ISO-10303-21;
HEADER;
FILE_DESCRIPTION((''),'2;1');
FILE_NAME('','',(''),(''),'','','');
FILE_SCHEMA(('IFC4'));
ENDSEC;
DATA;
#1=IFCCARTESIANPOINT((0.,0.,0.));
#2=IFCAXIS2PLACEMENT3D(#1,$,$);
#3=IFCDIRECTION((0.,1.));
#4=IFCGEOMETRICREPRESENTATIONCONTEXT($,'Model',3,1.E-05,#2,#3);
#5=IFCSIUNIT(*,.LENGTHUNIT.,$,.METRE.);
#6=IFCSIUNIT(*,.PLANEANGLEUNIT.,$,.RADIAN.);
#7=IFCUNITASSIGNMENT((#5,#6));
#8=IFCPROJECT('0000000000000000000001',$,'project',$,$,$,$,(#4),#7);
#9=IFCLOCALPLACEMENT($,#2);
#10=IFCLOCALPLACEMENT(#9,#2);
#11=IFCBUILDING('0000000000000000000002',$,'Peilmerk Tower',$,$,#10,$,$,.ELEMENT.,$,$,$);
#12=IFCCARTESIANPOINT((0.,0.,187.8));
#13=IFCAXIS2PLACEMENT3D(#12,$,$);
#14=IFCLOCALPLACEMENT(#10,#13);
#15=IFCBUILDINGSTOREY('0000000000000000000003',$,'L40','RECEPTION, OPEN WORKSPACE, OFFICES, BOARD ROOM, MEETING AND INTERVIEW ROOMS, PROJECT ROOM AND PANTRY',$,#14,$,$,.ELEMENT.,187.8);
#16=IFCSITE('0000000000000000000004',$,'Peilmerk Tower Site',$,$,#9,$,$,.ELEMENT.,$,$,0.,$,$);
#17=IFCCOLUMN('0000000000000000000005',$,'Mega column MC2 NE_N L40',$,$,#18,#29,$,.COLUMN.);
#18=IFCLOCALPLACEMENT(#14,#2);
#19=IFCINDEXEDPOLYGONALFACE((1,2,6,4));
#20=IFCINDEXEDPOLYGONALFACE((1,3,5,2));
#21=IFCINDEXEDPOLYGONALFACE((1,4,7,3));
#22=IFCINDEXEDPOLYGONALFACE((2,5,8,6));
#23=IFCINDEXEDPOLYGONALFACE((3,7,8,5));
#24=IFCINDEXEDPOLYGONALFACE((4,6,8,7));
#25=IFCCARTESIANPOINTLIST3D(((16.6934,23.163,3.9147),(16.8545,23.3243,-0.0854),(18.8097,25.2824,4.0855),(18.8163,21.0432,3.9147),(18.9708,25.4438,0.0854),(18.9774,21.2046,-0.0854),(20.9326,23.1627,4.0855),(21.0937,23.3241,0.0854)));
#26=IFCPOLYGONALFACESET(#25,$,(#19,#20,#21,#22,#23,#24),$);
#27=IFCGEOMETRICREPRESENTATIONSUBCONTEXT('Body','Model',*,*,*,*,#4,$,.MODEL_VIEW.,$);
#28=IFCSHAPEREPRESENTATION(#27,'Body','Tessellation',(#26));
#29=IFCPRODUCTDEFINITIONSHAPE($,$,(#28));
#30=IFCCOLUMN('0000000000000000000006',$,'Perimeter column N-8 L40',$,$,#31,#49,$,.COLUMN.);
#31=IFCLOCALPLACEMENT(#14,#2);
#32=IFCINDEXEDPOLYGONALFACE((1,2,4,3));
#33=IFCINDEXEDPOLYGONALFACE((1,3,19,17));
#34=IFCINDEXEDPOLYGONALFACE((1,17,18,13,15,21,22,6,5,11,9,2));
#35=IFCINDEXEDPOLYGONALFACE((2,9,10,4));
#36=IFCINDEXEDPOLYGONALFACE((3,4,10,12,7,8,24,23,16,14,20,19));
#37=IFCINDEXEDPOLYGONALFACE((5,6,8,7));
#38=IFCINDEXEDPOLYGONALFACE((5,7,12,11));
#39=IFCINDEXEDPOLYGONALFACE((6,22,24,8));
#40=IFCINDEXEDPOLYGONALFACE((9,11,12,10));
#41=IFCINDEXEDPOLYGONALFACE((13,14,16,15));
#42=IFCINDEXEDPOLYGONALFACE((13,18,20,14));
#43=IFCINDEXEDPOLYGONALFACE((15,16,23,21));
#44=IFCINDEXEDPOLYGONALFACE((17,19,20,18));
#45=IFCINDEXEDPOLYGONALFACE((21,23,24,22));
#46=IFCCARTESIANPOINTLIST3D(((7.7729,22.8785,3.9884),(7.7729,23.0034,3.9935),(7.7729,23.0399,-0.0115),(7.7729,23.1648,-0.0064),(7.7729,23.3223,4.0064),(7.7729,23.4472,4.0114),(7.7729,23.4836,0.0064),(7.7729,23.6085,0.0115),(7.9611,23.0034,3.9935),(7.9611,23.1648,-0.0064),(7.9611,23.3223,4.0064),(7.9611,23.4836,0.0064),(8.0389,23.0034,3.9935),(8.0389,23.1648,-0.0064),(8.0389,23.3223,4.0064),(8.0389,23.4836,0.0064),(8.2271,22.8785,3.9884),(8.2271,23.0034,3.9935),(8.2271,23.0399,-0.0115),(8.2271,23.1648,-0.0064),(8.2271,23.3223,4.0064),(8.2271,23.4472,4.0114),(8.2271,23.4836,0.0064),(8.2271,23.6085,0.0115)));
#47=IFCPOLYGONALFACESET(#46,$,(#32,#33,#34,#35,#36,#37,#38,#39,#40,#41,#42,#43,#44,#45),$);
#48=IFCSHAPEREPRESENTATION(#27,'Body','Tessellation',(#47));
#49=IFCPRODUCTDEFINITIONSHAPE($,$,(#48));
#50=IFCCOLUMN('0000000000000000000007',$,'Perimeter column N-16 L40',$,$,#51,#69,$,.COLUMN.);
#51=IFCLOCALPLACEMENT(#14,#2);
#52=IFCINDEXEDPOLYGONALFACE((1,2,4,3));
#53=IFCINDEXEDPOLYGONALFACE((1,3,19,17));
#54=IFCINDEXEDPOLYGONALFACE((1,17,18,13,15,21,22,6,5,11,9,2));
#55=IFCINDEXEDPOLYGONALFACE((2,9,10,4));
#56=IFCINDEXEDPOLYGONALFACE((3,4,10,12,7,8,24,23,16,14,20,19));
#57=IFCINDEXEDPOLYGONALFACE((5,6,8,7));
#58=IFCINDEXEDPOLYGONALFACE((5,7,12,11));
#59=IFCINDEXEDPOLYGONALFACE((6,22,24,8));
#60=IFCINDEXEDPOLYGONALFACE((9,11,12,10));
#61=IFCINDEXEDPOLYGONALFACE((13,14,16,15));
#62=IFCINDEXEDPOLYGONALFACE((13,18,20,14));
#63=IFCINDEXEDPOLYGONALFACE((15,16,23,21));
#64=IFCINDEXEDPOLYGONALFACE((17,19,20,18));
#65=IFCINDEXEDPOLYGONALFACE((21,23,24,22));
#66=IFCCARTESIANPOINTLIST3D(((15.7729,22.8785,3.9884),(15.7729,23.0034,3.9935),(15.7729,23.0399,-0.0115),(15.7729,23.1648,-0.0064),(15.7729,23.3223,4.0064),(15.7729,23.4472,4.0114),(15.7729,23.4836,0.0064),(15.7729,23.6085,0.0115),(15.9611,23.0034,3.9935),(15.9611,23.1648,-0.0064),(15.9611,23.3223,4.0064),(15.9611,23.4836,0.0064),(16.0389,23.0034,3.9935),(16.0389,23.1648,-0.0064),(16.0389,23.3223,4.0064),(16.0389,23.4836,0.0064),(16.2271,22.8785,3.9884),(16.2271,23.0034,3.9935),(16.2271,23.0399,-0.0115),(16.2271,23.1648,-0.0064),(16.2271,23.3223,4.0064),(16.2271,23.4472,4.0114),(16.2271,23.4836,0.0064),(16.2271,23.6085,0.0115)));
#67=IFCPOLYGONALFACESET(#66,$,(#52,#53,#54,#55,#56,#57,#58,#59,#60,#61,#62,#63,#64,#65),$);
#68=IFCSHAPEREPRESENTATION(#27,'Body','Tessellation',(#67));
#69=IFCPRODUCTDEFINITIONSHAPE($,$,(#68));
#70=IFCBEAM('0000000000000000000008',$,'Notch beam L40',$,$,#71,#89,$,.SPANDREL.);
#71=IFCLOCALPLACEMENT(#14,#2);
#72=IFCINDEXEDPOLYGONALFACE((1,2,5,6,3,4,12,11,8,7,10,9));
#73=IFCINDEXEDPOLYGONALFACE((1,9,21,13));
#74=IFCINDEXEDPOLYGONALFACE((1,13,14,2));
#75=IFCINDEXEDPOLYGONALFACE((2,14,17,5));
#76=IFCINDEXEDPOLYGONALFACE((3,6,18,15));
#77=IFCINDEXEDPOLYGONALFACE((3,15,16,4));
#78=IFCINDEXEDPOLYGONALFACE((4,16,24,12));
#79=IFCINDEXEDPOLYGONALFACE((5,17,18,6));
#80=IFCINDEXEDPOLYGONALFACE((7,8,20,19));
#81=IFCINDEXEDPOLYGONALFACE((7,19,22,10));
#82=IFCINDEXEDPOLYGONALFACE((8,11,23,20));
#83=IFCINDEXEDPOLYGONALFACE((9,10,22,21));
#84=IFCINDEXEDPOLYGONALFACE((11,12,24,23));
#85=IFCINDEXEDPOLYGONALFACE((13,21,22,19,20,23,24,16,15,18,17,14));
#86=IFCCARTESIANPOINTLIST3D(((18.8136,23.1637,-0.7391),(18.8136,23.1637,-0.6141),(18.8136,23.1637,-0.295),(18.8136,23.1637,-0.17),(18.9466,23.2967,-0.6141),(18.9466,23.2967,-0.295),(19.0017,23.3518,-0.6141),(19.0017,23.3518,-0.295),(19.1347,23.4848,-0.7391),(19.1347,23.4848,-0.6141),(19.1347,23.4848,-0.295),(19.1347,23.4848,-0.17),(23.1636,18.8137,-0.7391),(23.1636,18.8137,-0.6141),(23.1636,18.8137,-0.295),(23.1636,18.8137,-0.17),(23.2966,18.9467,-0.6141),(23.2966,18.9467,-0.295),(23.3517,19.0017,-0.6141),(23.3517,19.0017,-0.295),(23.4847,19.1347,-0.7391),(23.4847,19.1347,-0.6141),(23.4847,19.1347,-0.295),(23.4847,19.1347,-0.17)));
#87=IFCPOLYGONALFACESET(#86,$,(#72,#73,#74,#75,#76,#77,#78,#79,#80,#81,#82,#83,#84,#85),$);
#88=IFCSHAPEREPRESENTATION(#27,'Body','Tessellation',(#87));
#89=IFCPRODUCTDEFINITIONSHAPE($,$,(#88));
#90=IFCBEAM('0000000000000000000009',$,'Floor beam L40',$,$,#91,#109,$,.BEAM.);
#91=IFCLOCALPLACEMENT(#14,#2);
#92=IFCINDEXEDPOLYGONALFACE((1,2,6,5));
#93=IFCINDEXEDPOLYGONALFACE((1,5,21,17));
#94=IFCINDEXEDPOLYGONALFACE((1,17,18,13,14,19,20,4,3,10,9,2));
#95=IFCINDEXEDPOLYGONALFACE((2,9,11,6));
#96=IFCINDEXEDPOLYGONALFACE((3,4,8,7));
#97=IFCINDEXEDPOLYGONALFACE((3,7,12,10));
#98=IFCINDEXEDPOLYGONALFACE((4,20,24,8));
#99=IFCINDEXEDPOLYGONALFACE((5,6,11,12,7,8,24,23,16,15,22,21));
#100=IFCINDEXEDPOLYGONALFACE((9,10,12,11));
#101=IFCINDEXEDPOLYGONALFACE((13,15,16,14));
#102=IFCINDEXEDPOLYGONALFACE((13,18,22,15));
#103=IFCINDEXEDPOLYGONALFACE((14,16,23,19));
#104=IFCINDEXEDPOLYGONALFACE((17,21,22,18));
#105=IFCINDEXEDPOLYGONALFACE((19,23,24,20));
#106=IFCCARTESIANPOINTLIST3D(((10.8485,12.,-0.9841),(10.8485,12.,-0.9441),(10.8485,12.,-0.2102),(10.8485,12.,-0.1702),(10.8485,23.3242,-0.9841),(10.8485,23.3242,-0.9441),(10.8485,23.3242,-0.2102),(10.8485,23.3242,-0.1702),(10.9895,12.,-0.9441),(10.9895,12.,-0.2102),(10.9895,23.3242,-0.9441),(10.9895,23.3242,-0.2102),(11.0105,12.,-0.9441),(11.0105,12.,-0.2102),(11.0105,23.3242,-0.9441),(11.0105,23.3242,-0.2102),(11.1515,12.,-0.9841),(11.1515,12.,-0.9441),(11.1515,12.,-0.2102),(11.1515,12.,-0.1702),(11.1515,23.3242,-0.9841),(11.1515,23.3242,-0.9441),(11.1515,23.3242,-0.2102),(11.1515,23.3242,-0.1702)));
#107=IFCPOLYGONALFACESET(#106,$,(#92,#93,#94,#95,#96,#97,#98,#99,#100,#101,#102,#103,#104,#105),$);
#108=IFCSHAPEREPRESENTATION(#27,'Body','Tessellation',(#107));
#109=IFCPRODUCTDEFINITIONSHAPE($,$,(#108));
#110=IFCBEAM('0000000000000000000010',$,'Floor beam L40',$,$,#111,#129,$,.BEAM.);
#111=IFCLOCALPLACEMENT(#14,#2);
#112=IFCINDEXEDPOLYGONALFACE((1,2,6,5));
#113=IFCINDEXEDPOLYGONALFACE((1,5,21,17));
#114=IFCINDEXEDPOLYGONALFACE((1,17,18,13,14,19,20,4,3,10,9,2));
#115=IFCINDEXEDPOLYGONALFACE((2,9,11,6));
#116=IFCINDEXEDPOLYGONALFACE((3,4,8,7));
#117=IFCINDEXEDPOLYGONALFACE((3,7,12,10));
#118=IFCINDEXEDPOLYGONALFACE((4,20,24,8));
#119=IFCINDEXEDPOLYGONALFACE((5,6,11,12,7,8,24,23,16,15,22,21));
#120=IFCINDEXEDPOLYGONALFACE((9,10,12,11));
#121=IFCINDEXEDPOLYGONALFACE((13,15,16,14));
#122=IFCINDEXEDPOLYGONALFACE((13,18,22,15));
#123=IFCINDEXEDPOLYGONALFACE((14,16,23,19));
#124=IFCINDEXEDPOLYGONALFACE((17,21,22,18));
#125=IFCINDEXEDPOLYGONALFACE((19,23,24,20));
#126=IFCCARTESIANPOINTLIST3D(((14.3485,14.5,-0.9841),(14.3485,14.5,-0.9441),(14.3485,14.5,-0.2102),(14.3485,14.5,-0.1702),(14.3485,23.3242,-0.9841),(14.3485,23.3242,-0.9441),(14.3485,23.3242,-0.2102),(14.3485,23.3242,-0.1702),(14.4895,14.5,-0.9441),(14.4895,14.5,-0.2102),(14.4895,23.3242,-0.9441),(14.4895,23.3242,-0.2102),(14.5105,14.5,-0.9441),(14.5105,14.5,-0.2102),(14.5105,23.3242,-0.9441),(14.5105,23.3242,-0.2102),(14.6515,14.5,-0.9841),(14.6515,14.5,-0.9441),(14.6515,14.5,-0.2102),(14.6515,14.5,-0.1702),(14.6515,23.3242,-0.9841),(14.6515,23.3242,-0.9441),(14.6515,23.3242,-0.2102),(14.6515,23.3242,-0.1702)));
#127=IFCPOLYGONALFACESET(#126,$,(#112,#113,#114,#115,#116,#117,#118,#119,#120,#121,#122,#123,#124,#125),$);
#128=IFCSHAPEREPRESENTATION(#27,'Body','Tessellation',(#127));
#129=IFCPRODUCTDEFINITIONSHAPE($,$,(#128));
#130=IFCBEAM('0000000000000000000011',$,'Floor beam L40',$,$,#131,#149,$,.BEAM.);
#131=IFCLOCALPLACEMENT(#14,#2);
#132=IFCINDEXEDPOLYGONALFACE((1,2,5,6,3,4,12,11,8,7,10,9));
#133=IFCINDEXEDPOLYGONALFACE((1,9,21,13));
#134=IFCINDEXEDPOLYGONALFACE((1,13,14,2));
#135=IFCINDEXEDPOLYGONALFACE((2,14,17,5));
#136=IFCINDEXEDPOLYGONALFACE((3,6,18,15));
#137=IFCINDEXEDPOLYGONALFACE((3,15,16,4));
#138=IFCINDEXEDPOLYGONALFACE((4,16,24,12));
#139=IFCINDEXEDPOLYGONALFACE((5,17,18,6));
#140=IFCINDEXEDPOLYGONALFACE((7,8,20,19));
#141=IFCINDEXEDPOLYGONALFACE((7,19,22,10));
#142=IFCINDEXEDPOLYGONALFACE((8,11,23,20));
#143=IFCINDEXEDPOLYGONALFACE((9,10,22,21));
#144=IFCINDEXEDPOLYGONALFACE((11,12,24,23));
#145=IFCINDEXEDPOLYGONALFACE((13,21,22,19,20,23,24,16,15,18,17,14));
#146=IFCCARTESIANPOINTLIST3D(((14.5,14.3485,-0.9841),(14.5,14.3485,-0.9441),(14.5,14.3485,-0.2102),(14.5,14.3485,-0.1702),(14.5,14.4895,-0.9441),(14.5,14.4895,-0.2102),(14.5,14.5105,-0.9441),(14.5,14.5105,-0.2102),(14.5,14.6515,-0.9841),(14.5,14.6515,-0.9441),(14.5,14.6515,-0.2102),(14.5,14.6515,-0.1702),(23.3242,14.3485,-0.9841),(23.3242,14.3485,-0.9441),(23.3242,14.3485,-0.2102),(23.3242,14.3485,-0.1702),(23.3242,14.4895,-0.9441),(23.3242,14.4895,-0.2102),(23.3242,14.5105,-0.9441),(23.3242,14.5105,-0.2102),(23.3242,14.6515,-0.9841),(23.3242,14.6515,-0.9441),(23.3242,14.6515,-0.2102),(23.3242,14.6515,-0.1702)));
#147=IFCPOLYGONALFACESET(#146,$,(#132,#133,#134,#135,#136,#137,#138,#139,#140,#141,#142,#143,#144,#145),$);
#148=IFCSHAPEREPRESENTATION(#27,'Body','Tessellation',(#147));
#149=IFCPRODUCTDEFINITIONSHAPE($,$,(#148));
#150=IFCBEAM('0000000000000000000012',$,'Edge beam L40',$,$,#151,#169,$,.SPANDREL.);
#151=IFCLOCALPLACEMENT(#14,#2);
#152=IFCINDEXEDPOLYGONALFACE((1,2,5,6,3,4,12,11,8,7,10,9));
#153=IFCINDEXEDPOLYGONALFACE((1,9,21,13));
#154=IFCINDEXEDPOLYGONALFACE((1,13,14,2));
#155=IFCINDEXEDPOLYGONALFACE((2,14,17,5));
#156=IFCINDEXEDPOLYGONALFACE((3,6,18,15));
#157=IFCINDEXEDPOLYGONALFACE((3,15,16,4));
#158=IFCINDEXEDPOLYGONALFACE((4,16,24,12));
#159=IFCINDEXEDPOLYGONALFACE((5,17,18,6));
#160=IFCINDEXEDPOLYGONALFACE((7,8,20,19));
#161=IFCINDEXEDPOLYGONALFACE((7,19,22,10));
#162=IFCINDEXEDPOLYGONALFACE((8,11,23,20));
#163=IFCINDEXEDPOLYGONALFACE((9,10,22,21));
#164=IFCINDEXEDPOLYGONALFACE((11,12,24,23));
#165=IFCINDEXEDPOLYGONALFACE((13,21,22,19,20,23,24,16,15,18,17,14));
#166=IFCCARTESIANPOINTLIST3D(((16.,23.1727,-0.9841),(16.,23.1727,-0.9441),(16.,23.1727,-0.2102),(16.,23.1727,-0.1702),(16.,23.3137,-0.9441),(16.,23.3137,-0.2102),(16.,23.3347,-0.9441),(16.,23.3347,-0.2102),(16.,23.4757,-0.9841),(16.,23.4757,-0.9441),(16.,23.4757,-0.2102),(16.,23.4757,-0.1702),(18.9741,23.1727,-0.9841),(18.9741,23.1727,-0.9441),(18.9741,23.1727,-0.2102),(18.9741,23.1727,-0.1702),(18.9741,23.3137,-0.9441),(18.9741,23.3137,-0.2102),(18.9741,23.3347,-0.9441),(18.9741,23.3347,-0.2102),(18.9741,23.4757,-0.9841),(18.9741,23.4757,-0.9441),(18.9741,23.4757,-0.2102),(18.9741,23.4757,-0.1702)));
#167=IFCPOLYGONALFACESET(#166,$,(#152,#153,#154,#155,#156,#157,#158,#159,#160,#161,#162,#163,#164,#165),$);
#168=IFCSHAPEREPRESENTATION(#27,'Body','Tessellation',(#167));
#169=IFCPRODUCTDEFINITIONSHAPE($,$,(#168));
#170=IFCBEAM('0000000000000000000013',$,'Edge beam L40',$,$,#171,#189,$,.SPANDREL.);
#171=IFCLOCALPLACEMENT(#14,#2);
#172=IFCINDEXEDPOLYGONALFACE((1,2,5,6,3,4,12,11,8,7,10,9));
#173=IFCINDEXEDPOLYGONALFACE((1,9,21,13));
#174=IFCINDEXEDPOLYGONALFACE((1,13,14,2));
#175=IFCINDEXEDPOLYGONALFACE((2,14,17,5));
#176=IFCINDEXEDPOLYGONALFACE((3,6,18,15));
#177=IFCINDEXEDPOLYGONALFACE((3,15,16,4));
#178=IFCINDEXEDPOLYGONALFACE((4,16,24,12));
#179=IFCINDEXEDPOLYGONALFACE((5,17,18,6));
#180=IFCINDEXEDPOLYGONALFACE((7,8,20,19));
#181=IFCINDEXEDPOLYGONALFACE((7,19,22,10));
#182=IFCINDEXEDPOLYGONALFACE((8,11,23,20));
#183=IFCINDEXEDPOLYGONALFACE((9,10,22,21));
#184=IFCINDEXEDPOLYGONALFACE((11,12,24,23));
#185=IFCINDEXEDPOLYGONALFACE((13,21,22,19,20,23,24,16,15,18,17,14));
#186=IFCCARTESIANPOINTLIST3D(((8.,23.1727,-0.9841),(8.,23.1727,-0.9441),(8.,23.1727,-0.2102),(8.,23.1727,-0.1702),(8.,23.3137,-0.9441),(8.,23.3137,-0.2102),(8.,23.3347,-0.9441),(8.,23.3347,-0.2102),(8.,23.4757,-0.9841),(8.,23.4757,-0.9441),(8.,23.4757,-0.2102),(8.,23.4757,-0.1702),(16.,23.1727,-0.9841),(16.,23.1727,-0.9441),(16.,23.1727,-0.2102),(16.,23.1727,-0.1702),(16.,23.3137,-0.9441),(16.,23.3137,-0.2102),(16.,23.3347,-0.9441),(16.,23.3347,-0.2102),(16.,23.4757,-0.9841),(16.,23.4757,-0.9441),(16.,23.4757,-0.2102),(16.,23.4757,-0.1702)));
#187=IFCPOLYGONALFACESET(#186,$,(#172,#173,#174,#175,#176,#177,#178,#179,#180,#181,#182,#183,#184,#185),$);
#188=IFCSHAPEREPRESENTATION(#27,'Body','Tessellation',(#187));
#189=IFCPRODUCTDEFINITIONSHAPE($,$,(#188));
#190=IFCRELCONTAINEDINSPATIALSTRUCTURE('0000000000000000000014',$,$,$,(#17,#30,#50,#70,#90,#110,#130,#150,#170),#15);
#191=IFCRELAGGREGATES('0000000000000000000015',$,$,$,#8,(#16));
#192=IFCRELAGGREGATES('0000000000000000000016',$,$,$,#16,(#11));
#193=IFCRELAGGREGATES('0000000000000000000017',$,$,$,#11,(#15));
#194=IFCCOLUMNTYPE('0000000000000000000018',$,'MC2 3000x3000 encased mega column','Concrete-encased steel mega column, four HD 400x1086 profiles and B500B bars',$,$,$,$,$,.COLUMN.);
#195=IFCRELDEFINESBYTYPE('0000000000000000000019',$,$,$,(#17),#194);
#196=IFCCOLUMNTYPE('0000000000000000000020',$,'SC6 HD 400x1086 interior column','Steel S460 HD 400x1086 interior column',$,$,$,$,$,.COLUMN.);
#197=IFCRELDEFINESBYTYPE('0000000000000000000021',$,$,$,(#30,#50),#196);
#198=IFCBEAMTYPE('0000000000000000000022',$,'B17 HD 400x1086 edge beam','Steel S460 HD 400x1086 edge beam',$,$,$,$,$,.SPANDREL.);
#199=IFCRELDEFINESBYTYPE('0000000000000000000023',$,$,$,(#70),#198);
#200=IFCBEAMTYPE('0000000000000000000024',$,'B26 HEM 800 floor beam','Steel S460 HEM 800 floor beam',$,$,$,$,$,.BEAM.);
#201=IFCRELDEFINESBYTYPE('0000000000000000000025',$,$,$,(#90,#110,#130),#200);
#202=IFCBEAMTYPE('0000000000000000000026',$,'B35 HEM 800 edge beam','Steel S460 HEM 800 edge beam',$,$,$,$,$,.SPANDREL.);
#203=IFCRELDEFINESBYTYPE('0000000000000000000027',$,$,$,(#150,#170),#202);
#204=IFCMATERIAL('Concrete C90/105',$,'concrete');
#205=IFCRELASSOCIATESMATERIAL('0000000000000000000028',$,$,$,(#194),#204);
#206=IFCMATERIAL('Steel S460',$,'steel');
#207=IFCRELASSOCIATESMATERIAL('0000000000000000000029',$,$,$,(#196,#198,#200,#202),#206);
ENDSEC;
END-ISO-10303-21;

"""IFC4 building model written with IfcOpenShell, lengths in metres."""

from ifc_helpers import new_model, si_unit, direction, frame, origin, origin_2d, place, context, subcontext, project, spatial, rectangle, i_section, extrude, material, material_profile, profile_set, type_object, element, save


model = new_model("IFC4")

# Units and contexts
model_context = context("Model", 3, precision=1e-05, world=origin(), true_north=direction((0.0, 1.0)))
body_context = subcontext(model_context, "Body", "Model", "MODEL_VIEW")
ifc_project = project(units=[si_unit("LENGTHUNIT", "METRE"), si_unit("PLANEANGLEUNIT", "RADIAN")], contexts=[model_context])

# Site, building, storey
site_placement = place(None, origin())
site = spatial("IfcSite", under=ifc_project, at=site_placement, Name="Peilmerk Tower Site", CompositionType="ELEMENT", RefElevation=0.0)
building_placement = place(site_placement, origin())
building = spatial("IfcBuilding", under=site, at=building_placement, Name="Peilmerk Tower", CompositionType="ELEMENT")
storey_placement = place(building_placement, frame((0.0, 0.0, 187.8)))
storey = spatial("IfcBuildingStorey", under=building, at=storey_placement, Name="L40", Description="RECEPTION, OPEN WORKSPACE, OFFICES, BOARD ROOM, MEETING AND INTERVIEW ROOMS, PROJECT ROOM AND PANTRY", CompositionType="ELEMENT", Elevation=187.8)

# Columns
ifc_material_1 = material(Name="Concrete C90/105", Category="concrete")
ifc_material_profile_1 = material_profile(ifc_material_1, rectangle(XDim=3.0, YDim=3.0, at=origin_2d()), Name="RC 3000x3000")
ifc_profile_set_1 = profile_set([ifc_material_profile_1], Name="Concrete C90/105")
column_type_1 = type_object("IfcColumnType", Name="MC2 3000x3000 encased mega column", Description="Concrete-encased steel mega column, four HD 400x1086 profiles and B500B bars", PredefinedType="COLUMN", material=ifc_profile_set_1)
column_placement = place(storey_placement, frame((18.9741, 23.3242, 0.0), z_axis=(-0.040218, -0.040279, 0.998379), x_axis=(0.707642, -0.706571, 0.0)))
element("IfcColumn", 1, at=column_placement, inside=storey, type_object=column_type_1, Name="Mega column MC2 NE_N L40", PredefinedType="COLUMN", context=body_context, shape_type="SweptSolid", body=[
    extrude(rectangle(XDim=3.0, YDim=3.0, at=origin_2d()), origin(), (0.0, 0.0, 1.0), 4.0066),
])
ifc_material_2 = material(Name="Steel S460", Category="steel")
ifc_material_profile_2 = material_profile(ifc_material_2, i_section(OverallWidth=0.4541, OverallDepth=0.5691, WebThickness=0.0779, FlangeThickness=0.125, at=origin_2d()), Name="HD 400x1086")
ifc_profile_set_2 = profile_set([ifc_material_profile_2], Name="Steel S460")
column_type_2 = type_object("IfcColumnType", Name="SC6 HD 400x1086 interior column", Description="Steel S460 HD 400x1086 interior column", PredefinedType="COLUMN", material=ifc_profile_set_2)
for number, where, z_axis, x_axis, name in (
    (2, (8.0, 23.3242, 0.0), (0.0, -0.040311, 0.999187), (1.0, 0.0, 0.0), "Perimeter column N-8 L40"),
    (3, (16.0, 23.3242, 0.0), (0.0, -0.040311, 0.999187), (1.0, 0.0, 0.0), "Perimeter column N-16 L40"),
):
    element("IfcColumn", number, at=place(storey_placement, frame(where, z_axis=z_axis, x_axis=x_axis)), inside=storey, type_object=column_type_2, Name=name, PredefinedType="COLUMN", context=body_context, shape_type="SweptSolid", body=[
        extrude(i_section(OverallWidth=0.4541, OverallDepth=0.5691, WebThickness=0.0779, FlangeThickness=0.125, at=origin_2d()), origin(), (0.0, 0.0, 1.0), 4.0032),
    ])

# Beams
ifc_material_profile_3 = material_profile(ifc_material_2, i_section(OverallWidth=0.4541, OverallDepth=0.5691, WebThickness=0.0779, FlangeThickness=0.125, at=origin_2d()), Name="HD 400x1086")
ifc_profile_set_3 = profile_set([ifc_material_profile_3], Name="Steel S460")
beam_type_1 = type_object("IfcBeamType", Name="B17 HD 400x1086 edge beam", Description="Steel S460 HD 400x1086 edge beam", PredefinedType="SPANDREL", material=ifc_profile_set_3)
beam_1_placement = place(storey_placement, frame((18.9741, 23.3242, -0.4546), z_axis=(0.707107, -0.707107, 0.0), x_axis=(0.707107, 0.707107, 0.0)))
element("IfcBeam", 4, at=beam_1_placement, inside=storey, type_object=beam_type_1, Name="Notch beam L40", PredefinedType="SPANDREL", context=body_context, shape_type="SweptSolid", body=[
    extrude(i_section(OverallWidth=0.4541, OverallDepth=0.5691, WebThickness=0.0779, FlangeThickness=0.125, at=origin_2d()), origin(), (0.0, 0.0, 1.0), 6.1519),
])
ifc_material_profile_4 = material_profile(ifc_material_2, i_section(OverallWidth=0.303, OverallDepth=0.814, WebThickness=0.021, FlangeThickness=0.04, at=origin_2d()), Name="HEM 800")
ifc_profile_set_4 = profile_set([ifc_material_profile_4], Name="Steel S460")
beam_type_2 = type_object("IfcBeamType", Name="B26 HEM 800 floor beam", Description="Steel S460 HEM 800 floor beam", PredefinedType="BEAM", material=ifc_profile_set_4)
beam_2_placement = place(storey_placement, frame((11.0, 12.0, -0.5771), z_axis=(0.0, 1.0, 0.0), x_axis=(-1.0, 0.0, 0.0)))
element("IfcBeam", 5, at=beam_2_placement, inside=storey, type_object=beam_type_2, Name="Floor beam L40", PredefinedType="BEAM", context=body_context, shape_type="SweptSolid", body=[
    extrude(i_section(OverallWidth=0.303, OverallDepth=0.814, WebThickness=0.021, FlangeThickness=0.04, at=origin_2d()), origin(), (0.0, 0.0, 1.0), 11.3242),
])
for number, where, z_axis, x_axis, name in (
    (6, (14.5, 14.5, -0.5771), (0.0, 1.0, 0.0), (-1.0, 0.0, 0.0), "Floor beam L40"),
    (7, (14.5, 14.5, -0.5771), (1.0, 0.0, 0.0), (0.0, 1.0, 0.0), "Floor beam L40"),
):
    element("IfcBeam", number, at=place(storey_placement, frame(where, z_axis=z_axis, x_axis=x_axis)), inside=storey, type_object=beam_type_2, Name=name, PredefinedType="BEAM", context=body_context, shape_type="SweptSolid", body=[
        extrude(i_section(OverallWidth=0.303, OverallDepth=0.814, WebThickness=0.021, FlangeThickness=0.04, at=origin_2d()), origin(), (0.0, 0.0, 1.0), 8.8242),
    ])
ifc_material_profile_5 = material_profile(ifc_material_2, i_section(OverallWidth=0.303, OverallDepth=0.814, WebThickness=0.021, FlangeThickness=0.04, at=origin_2d()), Name="HEM 800")
ifc_profile_set_5 = profile_set([ifc_material_profile_5], Name="Steel S460")
beam_type_3 = type_object("IfcBeamType", Name="B35 HEM 800 edge beam", Description="Steel S460 HEM 800 edge beam", PredefinedType="SPANDREL", material=ifc_profile_set_5)
beam_3_placement = place(storey_placement, frame((18.9741, 23.3242, -0.5771), z_axis=(-1.0, 0.0, 0.0), x_axis=(0.0, -1.0, 0.0)))
element("IfcBeam", 8, at=beam_3_placement, inside=storey, type_object=beam_type_3, Name="Edge beam L40", PredefinedType="SPANDREL", context=body_context, shape_type="SweptSolid", body=[
    extrude(i_section(OverallWidth=0.303, OverallDepth=0.814, WebThickness=0.021, FlangeThickness=0.04, at=origin_2d()), origin(), (0.0, 0.0, 1.0), 2.9741),
])
for number, where, z_axis, x_axis, name in (
    (9, (16.0, 23.3242, -0.5771), (-1.0, 0.0, 0.0), (0.0, -1.0, 0.0), "Edge beam L40"),
):
    element("IfcBeam", number, at=place(storey_placement, frame(where, z_axis=z_axis, x_axis=x_axis)), inside=storey, type_object=beam_type_3, Name=name, PredefinedType="SPANDREL", context=body_context, shape_type="SweptSolid", body=[
        extrude(i_section(OverallWidth=0.303, OverallDepth=0.814, WebThickness=0.021, FlangeThickness=0.04, at=origin_2d()), origin(), (0.0, 0.0, 1.0), 8.0),
    ])

save(model, "model.ifc")
